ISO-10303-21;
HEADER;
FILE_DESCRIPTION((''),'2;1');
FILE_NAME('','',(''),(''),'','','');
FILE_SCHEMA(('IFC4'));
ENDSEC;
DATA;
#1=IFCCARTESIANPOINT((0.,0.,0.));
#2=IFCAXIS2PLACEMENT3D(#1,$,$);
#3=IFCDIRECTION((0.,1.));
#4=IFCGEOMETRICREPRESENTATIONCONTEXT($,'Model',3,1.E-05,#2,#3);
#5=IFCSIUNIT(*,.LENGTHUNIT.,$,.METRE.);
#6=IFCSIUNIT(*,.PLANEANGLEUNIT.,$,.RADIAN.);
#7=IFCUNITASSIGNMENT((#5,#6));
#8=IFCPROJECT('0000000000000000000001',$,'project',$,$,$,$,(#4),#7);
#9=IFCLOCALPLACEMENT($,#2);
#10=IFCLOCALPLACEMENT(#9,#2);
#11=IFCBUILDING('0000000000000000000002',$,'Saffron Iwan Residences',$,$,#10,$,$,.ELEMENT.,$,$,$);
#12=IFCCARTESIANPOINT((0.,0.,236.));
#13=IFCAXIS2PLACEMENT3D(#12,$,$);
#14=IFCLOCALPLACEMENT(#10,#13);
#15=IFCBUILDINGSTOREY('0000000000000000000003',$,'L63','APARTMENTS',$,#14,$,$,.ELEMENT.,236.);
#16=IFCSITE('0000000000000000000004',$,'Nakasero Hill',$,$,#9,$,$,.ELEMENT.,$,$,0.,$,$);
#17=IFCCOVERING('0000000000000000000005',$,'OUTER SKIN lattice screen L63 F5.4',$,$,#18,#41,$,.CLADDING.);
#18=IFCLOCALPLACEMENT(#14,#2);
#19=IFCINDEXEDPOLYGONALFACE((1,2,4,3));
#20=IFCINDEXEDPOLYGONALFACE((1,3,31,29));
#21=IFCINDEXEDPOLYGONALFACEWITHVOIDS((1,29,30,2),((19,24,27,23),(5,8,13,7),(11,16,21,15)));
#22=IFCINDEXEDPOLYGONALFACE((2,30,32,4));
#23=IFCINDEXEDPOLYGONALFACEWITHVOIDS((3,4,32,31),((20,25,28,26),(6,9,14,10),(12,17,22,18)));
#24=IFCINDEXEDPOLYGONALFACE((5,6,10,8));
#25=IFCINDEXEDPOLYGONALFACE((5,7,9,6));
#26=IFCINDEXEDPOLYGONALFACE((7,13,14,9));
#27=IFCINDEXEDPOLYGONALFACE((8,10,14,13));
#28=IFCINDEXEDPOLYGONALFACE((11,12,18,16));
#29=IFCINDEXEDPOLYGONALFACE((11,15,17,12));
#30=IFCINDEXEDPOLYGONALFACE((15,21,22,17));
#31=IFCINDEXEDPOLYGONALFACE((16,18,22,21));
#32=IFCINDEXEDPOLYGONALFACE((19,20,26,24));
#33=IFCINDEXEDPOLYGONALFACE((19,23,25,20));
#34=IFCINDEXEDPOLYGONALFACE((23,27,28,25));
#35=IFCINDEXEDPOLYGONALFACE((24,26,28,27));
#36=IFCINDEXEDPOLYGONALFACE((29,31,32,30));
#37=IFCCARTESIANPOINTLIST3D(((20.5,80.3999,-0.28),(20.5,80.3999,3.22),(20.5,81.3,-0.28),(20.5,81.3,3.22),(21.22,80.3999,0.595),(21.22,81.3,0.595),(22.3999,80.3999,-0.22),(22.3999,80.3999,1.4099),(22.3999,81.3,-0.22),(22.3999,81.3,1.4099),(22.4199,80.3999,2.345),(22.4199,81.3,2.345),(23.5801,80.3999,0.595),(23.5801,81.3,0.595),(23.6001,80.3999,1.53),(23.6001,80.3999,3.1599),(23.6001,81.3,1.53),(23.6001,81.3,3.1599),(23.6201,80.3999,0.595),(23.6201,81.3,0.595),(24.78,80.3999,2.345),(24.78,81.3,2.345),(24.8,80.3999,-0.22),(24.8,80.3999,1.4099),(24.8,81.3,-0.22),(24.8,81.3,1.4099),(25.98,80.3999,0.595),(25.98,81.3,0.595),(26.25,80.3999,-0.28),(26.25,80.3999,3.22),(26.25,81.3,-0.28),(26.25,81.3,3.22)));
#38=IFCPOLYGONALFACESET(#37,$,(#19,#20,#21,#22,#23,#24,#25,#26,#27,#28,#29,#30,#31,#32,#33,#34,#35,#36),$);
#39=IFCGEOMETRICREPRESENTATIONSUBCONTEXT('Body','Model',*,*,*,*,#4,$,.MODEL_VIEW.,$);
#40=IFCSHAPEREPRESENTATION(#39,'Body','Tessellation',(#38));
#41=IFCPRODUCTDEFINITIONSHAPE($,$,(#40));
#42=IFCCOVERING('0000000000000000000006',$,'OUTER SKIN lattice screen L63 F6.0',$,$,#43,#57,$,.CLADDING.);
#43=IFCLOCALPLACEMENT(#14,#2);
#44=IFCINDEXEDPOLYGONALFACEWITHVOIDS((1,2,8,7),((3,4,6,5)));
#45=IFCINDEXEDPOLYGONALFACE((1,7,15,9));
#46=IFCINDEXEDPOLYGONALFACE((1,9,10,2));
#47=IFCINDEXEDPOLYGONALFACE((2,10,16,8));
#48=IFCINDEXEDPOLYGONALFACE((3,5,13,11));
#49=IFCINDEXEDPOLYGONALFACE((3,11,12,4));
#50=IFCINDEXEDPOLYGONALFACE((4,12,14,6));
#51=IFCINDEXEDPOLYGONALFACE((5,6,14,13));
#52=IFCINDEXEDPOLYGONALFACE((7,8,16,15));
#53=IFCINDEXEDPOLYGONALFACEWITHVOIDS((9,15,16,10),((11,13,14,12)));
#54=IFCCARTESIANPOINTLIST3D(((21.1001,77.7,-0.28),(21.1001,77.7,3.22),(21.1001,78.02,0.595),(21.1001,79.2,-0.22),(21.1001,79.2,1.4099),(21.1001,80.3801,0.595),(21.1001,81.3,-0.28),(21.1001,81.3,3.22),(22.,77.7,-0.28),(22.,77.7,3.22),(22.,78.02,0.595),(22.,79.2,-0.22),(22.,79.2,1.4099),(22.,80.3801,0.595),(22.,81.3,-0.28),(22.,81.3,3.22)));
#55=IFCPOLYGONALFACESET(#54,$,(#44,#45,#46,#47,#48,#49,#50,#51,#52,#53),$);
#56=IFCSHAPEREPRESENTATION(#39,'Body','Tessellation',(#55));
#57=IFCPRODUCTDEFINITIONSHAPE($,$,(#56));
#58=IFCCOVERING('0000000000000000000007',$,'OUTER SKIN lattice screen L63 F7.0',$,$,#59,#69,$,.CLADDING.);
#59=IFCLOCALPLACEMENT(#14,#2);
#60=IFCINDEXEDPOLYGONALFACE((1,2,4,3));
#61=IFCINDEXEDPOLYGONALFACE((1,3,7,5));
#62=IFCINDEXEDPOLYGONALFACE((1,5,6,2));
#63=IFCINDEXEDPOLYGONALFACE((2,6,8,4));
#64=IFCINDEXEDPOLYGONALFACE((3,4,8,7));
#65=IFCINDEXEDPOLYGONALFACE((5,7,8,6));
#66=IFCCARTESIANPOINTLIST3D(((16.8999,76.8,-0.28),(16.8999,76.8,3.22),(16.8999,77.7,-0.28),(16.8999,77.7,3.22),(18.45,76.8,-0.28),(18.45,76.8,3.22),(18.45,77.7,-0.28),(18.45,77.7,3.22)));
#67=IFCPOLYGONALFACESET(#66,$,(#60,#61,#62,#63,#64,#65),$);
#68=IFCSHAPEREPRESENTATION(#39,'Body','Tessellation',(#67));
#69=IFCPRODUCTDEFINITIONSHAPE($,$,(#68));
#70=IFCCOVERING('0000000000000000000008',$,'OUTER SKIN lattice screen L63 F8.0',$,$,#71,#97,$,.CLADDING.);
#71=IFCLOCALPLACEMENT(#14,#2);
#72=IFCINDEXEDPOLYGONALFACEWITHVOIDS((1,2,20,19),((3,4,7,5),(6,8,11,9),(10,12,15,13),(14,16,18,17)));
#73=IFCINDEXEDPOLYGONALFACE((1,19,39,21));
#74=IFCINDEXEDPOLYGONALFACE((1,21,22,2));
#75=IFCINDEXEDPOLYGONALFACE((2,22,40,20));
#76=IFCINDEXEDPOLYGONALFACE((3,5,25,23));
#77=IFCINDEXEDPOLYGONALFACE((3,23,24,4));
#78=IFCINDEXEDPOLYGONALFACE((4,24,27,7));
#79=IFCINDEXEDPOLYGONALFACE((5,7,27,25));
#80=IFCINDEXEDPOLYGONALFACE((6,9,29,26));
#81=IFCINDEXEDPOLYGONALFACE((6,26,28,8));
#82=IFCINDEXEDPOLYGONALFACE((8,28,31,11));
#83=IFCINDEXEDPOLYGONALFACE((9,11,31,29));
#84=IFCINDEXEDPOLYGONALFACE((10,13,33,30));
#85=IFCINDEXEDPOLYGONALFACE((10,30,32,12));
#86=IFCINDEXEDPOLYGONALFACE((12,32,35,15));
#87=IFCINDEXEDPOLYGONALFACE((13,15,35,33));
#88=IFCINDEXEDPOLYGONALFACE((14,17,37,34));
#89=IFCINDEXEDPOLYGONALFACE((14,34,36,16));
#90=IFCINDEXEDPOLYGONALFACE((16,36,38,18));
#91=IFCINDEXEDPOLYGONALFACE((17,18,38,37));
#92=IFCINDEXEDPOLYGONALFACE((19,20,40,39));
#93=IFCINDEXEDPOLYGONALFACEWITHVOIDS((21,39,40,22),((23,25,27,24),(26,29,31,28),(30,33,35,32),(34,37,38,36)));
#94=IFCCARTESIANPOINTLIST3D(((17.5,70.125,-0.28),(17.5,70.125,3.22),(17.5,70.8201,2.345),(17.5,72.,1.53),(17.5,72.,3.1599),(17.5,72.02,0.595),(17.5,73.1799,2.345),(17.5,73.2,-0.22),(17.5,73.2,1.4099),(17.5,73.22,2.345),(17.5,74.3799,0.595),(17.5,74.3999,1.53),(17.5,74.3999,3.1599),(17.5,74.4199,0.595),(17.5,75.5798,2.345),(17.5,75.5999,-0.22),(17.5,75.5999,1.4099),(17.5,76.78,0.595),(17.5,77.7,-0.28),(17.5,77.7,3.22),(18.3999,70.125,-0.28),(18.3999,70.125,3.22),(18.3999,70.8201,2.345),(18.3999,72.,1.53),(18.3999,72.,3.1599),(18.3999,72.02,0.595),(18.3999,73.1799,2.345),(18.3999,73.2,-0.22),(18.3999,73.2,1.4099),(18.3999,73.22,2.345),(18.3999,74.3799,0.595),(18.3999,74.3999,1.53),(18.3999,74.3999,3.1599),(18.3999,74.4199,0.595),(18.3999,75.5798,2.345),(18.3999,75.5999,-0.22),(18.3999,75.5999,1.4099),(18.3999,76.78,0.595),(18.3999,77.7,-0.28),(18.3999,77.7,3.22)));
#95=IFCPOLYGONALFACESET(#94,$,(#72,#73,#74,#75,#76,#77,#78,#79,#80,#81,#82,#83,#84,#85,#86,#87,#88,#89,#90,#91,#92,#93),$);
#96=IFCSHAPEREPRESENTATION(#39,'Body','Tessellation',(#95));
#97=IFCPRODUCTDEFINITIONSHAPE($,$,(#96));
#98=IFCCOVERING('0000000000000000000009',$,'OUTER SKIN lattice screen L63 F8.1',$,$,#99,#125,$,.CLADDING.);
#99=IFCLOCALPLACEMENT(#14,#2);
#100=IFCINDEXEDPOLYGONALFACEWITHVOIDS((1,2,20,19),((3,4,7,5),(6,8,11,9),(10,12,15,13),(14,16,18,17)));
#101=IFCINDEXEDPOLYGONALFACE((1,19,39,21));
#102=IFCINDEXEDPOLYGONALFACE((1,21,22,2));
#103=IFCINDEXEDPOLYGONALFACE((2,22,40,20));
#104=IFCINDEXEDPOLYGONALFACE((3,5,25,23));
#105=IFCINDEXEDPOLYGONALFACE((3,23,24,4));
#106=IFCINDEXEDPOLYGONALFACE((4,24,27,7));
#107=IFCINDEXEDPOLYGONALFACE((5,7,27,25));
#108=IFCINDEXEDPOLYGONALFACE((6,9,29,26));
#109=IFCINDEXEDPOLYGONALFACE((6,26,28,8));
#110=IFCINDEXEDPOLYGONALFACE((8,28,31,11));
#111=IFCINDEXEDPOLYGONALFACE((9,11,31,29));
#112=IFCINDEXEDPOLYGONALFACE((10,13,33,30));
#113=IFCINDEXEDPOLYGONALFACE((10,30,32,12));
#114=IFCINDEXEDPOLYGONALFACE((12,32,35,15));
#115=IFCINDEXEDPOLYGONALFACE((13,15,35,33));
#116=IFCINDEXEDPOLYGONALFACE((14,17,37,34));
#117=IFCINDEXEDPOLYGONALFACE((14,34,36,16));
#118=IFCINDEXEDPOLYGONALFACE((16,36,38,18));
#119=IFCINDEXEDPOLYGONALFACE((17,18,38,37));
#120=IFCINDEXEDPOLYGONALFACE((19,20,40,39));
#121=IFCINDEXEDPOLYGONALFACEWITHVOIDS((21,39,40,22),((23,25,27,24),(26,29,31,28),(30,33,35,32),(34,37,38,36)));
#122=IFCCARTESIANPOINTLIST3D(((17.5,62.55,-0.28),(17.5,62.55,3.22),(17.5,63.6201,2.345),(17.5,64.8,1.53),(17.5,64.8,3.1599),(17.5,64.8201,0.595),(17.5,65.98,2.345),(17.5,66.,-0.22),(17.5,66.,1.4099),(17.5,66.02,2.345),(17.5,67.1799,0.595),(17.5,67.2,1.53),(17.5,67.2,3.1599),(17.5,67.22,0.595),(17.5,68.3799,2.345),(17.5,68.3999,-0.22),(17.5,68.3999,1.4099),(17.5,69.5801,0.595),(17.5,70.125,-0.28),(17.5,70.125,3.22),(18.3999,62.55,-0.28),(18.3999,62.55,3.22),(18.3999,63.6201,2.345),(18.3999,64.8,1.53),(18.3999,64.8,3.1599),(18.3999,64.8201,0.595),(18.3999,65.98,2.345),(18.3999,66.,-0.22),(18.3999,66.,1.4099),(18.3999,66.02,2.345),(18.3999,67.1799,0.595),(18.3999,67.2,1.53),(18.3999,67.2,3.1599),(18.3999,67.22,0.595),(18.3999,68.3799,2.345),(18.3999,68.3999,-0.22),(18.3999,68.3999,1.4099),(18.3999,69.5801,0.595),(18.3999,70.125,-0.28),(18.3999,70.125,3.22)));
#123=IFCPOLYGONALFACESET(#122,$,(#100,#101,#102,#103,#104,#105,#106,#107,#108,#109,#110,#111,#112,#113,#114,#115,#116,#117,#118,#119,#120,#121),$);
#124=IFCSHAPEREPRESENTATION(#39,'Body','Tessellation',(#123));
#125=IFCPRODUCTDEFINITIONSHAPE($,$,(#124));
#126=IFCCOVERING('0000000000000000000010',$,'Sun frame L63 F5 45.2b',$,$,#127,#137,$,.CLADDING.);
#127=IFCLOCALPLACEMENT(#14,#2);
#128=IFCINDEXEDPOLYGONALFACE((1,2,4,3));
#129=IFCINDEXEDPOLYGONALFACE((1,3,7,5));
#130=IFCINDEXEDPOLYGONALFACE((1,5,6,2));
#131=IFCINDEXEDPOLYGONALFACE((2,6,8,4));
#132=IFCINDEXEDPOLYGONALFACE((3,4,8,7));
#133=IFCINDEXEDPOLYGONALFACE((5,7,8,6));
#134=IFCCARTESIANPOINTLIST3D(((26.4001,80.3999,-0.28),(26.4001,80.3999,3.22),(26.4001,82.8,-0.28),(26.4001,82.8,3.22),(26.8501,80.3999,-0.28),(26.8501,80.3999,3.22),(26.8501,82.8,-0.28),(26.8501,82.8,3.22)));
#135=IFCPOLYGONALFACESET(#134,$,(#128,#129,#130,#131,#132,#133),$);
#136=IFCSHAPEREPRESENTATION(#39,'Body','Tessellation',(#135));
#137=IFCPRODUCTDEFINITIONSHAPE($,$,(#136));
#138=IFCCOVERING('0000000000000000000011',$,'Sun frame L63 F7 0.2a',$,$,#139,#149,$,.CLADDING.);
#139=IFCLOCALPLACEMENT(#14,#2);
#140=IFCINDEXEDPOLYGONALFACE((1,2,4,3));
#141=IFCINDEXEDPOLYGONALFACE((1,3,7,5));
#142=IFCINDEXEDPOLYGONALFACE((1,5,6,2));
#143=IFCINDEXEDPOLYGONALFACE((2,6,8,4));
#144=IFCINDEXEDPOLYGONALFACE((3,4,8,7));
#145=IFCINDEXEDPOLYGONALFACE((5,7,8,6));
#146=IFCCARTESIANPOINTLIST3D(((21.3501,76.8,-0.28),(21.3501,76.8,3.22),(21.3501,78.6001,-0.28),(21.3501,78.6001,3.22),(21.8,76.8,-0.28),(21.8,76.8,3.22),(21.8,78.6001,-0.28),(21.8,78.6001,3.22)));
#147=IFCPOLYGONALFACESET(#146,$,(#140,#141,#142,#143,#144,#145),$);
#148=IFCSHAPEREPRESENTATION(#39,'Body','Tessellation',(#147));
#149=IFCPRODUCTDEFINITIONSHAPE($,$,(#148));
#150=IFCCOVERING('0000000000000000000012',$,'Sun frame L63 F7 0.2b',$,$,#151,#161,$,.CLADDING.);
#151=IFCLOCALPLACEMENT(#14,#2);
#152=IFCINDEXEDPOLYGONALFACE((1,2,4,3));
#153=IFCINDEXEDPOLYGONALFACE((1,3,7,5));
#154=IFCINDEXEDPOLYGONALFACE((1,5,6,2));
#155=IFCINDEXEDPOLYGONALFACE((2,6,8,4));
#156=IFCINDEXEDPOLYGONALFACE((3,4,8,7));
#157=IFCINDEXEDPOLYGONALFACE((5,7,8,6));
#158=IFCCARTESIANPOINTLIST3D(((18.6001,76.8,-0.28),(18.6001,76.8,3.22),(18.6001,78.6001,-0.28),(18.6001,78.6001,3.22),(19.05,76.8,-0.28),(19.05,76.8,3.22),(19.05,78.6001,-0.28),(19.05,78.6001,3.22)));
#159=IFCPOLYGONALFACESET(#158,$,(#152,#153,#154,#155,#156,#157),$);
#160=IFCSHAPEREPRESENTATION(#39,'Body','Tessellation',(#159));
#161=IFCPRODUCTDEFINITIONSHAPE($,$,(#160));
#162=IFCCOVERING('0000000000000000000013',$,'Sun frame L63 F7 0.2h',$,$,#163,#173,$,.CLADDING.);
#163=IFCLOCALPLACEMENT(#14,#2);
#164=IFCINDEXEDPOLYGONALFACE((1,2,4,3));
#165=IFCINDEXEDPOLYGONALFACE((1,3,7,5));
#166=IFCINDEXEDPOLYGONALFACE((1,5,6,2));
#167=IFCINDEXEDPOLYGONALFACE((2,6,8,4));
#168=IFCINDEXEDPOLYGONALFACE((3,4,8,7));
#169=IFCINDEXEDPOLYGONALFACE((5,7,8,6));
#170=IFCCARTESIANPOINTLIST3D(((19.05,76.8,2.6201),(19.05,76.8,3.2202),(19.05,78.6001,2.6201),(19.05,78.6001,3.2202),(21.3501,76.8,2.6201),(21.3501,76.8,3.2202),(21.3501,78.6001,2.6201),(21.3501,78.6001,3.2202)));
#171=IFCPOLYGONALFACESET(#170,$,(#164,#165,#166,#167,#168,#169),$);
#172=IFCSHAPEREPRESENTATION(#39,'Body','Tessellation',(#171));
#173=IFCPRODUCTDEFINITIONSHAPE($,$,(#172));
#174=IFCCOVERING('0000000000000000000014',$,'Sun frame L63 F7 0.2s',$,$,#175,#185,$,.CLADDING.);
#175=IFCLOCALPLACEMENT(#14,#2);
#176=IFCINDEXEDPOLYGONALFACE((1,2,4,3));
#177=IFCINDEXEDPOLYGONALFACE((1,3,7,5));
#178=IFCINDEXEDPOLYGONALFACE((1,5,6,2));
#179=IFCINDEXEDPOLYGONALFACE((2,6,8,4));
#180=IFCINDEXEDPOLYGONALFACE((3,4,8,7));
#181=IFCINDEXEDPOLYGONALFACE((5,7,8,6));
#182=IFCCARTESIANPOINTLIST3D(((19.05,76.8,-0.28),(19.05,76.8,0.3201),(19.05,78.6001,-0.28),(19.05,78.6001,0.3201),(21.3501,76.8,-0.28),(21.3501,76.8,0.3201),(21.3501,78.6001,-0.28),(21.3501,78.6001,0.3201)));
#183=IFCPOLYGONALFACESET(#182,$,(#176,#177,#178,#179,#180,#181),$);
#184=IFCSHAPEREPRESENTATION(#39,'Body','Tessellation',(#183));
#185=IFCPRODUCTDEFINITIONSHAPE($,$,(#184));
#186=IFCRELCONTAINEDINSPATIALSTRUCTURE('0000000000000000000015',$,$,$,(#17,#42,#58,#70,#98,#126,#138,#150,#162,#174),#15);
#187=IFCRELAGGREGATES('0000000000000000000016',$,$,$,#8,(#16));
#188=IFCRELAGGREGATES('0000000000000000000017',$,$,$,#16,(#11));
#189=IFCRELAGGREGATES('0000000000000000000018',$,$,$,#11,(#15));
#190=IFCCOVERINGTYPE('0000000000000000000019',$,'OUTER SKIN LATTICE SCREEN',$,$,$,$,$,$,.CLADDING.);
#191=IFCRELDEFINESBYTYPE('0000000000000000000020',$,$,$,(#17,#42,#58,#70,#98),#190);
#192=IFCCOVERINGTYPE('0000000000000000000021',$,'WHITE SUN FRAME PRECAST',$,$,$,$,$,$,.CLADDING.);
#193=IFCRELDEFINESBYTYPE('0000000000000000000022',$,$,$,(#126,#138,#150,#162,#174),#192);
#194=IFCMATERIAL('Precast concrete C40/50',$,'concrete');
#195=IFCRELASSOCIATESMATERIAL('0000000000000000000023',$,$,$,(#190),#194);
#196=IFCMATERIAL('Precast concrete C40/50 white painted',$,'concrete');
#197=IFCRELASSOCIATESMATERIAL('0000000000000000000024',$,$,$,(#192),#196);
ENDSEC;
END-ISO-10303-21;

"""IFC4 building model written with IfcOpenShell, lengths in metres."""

from ifc_helpers import new_model, si_unit, direction, frame, origin, place, context, subcontext, project, spatial, polyline, outline, extrude, material, type_object, element, save


model = new_model("IFC4")

# Units and contexts
model_context = context("Model", 3, precision=1e-05, world=origin(), true_north=direction((0.0, 1.0)))
body_context = subcontext(model_context, "Body", "Model", "MODEL_VIEW")
ifc_project = project(units=[si_unit("LENGTHUNIT", "METRE"), si_unit("PLANEANGLEUNIT", "RADIAN")], contexts=[model_context])

# Site, building, storey
site_placement = place(None, origin())
site = spatial("IfcSite", under=ifc_project, at=site_placement, Name="Nakasero Hill", CompositionType="ELEMENT", RefElevation=0.0)
building_placement = place(site_placement, origin())
building = spatial("IfcBuilding", under=site, at=building_placement, Name="Saffron Iwan Residences", CompositionType="ELEMENT")
storey_placement = place(building_placement, frame((0.0, 0.0, 236.0)))
storey = spatial("IfcBuildingStorey", under=building, at=storey_placement, Name="L63", Description="APARTMENTS", CompositionType="ELEMENT", Elevation=236.0)

# Coverings
ifc_material_1 = material(Name="Precast concrete C40/50", Category="concrete")
covering_type_1 = type_object("IfcCoveringType", Name="OUTER SKIN LATTICE SCREEN", PredefinedType="CLADDING", material=ifc_material_1)
covering_1_placement = place(storey_placement, frame((26.25, 80.3999, -0.28), z_axis=(0.0, 1.0, 0.0), x_axis=(-1.0, 0.0, 0.0)))
element("IfcCovering", 1, at=covering_1_placement, inside=storey, type_object=covering_type_1, Name="OUTER SKIN lattice screen L63 F5.4", PredefinedType="CLADDING", context=body_context, shape_type="SweptSolid", body=[
    extrude(outline(polyline([(0.0, 0.0), (5.75, 0.0), (5.75, 3.5), (0.0, 3.5), (0.0, 0.0)]), holes=[polyline([(0.27, 0.875), (1.45, 0.0601), (2.6299, 0.875), (1.45, 1.6899), (0.27, 0.875)]), polyline([(2.6699, 0.875), (3.8501, 0.0601), (5.03, 0.875), (3.8501, 1.6899), (2.6699, 0.875)]), polyline([(1.47, 2.625), (2.6499, 1.8101), (3.8301, 2.625), (2.6499, 3.4399), (1.47, 2.625)])]), origin(), (0.0, 0.0, 1.0), 0.9001),
])
covering_2_placement = place(storey_placement, frame((22.0, 81.3, -0.28), z_axis=(-1.0, 0.0, 0.0), x_axis=(0.0, -1.0, 0.0)))
element("IfcCovering", 2, at=covering_2_placement, inside=storey, type_object=covering_type_1, Name="OUTER SKIN lattice screen L63 F6.0", PredefinedType="CLADDING", context=body_context, shape_type="SweptSolid", body=[
    extrude(outline(polyline([(0.0, 0.0), (3.6001, 0.0), (3.6001, 3.5), (0.0, 3.5), (0.0, 0.0)]), holes=[polyline([(0.9199, 0.875), (2.1001, 0.0601), (3.28, 0.875), (2.1001, 1.6899), (0.9199, 0.875)])]), origin(), (0.0, 0.0, 1.0), 0.8999),
])
covering_3_placement = place(storey_placement, frame((18.45, 76.8, -0.28), z_axis=(0.0, 1.0, 0.0), x_axis=(-1.0, 0.0, 0.0)))
element("IfcCovering", 3, at=covering_3_placement, inside=storey, type_object=covering_type_1, Name="OUTER SKIN lattice screen L63 F7.0", PredefinedType="CLADDING", context=body_context, shape_type="SweptSolid", body=[
    extrude(outline(polyline([(0.0, 0.0), (1.55, 0.0), (1.55, 3.5), (0.0, 3.5), (0.0, 0.0)])), origin(), (0.0, 0.0, 1.0), 0.8999),
])
covering_4_placement = place(storey_placement, frame((18.3999, 77.7, -0.28), z_axis=(-1.0, 0.0, 0.0), x_axis=(0.0, -1.0, 0.0)))
element("IfcCovering", 4, at=covering_4_placement, inside=storey, type_object=covering_type_1, Name="OUTER SKIN lattice screen L63 F8.0", PredefinedType="CLADDING", context=body_context, shape_type="SweptSolid", body=[
    extrude(outline(polyline([(0.0, 0.0), (7.575, 0.0), (7.575, 3.5), (0.0, 3.5), (0.0, 0.0)]), holes=[polyline([(0.9199, 0.875), (2.1001, 0.0601), (3.28, 0.875), (2.1001, 1.6899), (0.9199, 0.875)]), polyline([(3.3201, 0.875), (4.5, 0.0601), (5.6799, 0.875), (4.5, 1.6899), (3.3201, 0.875)]), polyline([(2.1201, 2.625), (3.3, 1.8101), (4.48, 2.625), (3.3, 3.4399), (2.1201, 2.625)]), polyline([(4.52, 2.625), (5.7, 1.8101), (6.8799, 2.625), (5.7, 3.4399), (4.52, 2.625)])]), origin(), (0.0, 0.0, 1.0), 0.8999),
])
covering_5_placement = place(storey_placement, frame((18.3999, 70.125, -0.28), z_axis=(-1.0, 0.0, 0.0), x_axis=(0.0, -1.0, 0.0)))
element("IfcCovering", 5, at=covering_5_placement, inside=storey, type_object=covering_type_1, Name="OUTER SKIN lattice screen L63 F8.1", PredefinedType="CLADDING", context=body_context, shape_type="SweptSolid", body=[
    extrude(outline(polyline([(0.0, 0.0), (7.575, 0.0), (7.575, 3.5), (0.0, 3.5), (0.0, 0.0)]), holes=[polyline([(0.5449, 0.875), (1.7251, 0.0601), (2.905, 0.875), (1.7251, 1.6899), (0.5449, 0.875)]), polyline([(2.9451, 0.875), (4.125, 0.0601), (5.3049, 0.875), (4.125, 1.6899), (2.9451, 0.875)]), polyline([(1.7451, 2.625), (2.925, 1.8101), (4.105, 2.625), (2.925, 3.4399), (1.7451, 2.625)]), polyline([(4.145, 2.625), (5.325, 1.8101), (6.5049, 2.625), (5.325, 3.4399), (4.145, 2.625)])]), origin(), (0.0, 0.0, 1.0), 0.8999),
])
ifc_material_2 = material(Name="Precast concrete C40/50 white painted", Category="concrete")
covering_type_2 = type_object("IfcCoveringType", Name="WHITE SUN FRAME PRECAST", PredefinedType="CLADDING", material=ifc_material_2)
covering_6_placement = place(storey_placement, frame((26.8501, 80.3999, -0.28), z_axis=(0.0, 1.0, 0.0), x_axis=(-1.0, 0.0, 0.0)))
element("IfcCovering", 6, at=covering_6_placement, inside=storey, type_object=covering_type_2, Name="Sun frame L63 F5 45.2b", PredefinedType="CLADDING", context=body_context, shape_type="SweptSolid", body=[
    extrude(outline(polyline([(0.0, 0.0), (0.45, 0.0), (0.45, 3.5), (0.0, 3.5), (0.0, 0.0)])), origin(), (0.0, 0.0, 1.0), 2.4001),
])
for number, where, z_axis, x_axis, name in (
    (7, (21.8, 76.8, -0.28), (0.0, 1.0, 0.0), (-1.0, 0.0, 0.0), "Sun frame L63 F7 0.2a"),
    (8, (19.05, 76.8, -0.28), (0.0, 1.0, 0.0), (-1.0, 0.0, 0.0), "Sun frame L63 F7 0.2b"),
):
    element("IfcCovering", number, at=place(storey_placement, frame(where, z_axis=z_axis, x_axis=x_axis)), inside=storey, type_object=covering_type_2, Name=name, PredefinedType="CLADDING", context=body_context, shape_type="SweptSolid", body=[
        extrude(outline(polyline([(0.0, 0.0), (0.45, 0.0), (0.45, 3.5), (0.0, 3.5), (0.0, 0.0)])), origin(), (0.0, 0.0, 1.0), 1.8),
    ])
for number, where, z_axis, x_axis, name in (
    (9, (21.3501, 76.8, 2.6201), (0.0, 1.0, 0.0), (-1.0, 0.0, 0.0), "Sun frame L63 F7 0.2h"),
    (10, (21.3501, 76.8, -0.28), (0.0, 1.0, 0.0), (-1.0, 0.0, 0.0), "Sun frame L63 F7 0.2s"),
):
    element("IfcCovering", number, at=place(storey_placement, frame(where, z_axis=z_axis, x_axis=x_axis)), inside=storey, type_object=covering_type_2, Name=name, PredefinedType="CLADDING", context=body_context, shape_type="SweptSolid", body=[
        extrude(outline(polyline([(0.0, 0.0), (2.3, 0.0), (2.3, 0.6001), (0.0, 0.6001), (0.0, 0.0)])), origin(), (0.0, 0.0, 1.0), 1.8),
    ])

save(model, "model.ifc")
